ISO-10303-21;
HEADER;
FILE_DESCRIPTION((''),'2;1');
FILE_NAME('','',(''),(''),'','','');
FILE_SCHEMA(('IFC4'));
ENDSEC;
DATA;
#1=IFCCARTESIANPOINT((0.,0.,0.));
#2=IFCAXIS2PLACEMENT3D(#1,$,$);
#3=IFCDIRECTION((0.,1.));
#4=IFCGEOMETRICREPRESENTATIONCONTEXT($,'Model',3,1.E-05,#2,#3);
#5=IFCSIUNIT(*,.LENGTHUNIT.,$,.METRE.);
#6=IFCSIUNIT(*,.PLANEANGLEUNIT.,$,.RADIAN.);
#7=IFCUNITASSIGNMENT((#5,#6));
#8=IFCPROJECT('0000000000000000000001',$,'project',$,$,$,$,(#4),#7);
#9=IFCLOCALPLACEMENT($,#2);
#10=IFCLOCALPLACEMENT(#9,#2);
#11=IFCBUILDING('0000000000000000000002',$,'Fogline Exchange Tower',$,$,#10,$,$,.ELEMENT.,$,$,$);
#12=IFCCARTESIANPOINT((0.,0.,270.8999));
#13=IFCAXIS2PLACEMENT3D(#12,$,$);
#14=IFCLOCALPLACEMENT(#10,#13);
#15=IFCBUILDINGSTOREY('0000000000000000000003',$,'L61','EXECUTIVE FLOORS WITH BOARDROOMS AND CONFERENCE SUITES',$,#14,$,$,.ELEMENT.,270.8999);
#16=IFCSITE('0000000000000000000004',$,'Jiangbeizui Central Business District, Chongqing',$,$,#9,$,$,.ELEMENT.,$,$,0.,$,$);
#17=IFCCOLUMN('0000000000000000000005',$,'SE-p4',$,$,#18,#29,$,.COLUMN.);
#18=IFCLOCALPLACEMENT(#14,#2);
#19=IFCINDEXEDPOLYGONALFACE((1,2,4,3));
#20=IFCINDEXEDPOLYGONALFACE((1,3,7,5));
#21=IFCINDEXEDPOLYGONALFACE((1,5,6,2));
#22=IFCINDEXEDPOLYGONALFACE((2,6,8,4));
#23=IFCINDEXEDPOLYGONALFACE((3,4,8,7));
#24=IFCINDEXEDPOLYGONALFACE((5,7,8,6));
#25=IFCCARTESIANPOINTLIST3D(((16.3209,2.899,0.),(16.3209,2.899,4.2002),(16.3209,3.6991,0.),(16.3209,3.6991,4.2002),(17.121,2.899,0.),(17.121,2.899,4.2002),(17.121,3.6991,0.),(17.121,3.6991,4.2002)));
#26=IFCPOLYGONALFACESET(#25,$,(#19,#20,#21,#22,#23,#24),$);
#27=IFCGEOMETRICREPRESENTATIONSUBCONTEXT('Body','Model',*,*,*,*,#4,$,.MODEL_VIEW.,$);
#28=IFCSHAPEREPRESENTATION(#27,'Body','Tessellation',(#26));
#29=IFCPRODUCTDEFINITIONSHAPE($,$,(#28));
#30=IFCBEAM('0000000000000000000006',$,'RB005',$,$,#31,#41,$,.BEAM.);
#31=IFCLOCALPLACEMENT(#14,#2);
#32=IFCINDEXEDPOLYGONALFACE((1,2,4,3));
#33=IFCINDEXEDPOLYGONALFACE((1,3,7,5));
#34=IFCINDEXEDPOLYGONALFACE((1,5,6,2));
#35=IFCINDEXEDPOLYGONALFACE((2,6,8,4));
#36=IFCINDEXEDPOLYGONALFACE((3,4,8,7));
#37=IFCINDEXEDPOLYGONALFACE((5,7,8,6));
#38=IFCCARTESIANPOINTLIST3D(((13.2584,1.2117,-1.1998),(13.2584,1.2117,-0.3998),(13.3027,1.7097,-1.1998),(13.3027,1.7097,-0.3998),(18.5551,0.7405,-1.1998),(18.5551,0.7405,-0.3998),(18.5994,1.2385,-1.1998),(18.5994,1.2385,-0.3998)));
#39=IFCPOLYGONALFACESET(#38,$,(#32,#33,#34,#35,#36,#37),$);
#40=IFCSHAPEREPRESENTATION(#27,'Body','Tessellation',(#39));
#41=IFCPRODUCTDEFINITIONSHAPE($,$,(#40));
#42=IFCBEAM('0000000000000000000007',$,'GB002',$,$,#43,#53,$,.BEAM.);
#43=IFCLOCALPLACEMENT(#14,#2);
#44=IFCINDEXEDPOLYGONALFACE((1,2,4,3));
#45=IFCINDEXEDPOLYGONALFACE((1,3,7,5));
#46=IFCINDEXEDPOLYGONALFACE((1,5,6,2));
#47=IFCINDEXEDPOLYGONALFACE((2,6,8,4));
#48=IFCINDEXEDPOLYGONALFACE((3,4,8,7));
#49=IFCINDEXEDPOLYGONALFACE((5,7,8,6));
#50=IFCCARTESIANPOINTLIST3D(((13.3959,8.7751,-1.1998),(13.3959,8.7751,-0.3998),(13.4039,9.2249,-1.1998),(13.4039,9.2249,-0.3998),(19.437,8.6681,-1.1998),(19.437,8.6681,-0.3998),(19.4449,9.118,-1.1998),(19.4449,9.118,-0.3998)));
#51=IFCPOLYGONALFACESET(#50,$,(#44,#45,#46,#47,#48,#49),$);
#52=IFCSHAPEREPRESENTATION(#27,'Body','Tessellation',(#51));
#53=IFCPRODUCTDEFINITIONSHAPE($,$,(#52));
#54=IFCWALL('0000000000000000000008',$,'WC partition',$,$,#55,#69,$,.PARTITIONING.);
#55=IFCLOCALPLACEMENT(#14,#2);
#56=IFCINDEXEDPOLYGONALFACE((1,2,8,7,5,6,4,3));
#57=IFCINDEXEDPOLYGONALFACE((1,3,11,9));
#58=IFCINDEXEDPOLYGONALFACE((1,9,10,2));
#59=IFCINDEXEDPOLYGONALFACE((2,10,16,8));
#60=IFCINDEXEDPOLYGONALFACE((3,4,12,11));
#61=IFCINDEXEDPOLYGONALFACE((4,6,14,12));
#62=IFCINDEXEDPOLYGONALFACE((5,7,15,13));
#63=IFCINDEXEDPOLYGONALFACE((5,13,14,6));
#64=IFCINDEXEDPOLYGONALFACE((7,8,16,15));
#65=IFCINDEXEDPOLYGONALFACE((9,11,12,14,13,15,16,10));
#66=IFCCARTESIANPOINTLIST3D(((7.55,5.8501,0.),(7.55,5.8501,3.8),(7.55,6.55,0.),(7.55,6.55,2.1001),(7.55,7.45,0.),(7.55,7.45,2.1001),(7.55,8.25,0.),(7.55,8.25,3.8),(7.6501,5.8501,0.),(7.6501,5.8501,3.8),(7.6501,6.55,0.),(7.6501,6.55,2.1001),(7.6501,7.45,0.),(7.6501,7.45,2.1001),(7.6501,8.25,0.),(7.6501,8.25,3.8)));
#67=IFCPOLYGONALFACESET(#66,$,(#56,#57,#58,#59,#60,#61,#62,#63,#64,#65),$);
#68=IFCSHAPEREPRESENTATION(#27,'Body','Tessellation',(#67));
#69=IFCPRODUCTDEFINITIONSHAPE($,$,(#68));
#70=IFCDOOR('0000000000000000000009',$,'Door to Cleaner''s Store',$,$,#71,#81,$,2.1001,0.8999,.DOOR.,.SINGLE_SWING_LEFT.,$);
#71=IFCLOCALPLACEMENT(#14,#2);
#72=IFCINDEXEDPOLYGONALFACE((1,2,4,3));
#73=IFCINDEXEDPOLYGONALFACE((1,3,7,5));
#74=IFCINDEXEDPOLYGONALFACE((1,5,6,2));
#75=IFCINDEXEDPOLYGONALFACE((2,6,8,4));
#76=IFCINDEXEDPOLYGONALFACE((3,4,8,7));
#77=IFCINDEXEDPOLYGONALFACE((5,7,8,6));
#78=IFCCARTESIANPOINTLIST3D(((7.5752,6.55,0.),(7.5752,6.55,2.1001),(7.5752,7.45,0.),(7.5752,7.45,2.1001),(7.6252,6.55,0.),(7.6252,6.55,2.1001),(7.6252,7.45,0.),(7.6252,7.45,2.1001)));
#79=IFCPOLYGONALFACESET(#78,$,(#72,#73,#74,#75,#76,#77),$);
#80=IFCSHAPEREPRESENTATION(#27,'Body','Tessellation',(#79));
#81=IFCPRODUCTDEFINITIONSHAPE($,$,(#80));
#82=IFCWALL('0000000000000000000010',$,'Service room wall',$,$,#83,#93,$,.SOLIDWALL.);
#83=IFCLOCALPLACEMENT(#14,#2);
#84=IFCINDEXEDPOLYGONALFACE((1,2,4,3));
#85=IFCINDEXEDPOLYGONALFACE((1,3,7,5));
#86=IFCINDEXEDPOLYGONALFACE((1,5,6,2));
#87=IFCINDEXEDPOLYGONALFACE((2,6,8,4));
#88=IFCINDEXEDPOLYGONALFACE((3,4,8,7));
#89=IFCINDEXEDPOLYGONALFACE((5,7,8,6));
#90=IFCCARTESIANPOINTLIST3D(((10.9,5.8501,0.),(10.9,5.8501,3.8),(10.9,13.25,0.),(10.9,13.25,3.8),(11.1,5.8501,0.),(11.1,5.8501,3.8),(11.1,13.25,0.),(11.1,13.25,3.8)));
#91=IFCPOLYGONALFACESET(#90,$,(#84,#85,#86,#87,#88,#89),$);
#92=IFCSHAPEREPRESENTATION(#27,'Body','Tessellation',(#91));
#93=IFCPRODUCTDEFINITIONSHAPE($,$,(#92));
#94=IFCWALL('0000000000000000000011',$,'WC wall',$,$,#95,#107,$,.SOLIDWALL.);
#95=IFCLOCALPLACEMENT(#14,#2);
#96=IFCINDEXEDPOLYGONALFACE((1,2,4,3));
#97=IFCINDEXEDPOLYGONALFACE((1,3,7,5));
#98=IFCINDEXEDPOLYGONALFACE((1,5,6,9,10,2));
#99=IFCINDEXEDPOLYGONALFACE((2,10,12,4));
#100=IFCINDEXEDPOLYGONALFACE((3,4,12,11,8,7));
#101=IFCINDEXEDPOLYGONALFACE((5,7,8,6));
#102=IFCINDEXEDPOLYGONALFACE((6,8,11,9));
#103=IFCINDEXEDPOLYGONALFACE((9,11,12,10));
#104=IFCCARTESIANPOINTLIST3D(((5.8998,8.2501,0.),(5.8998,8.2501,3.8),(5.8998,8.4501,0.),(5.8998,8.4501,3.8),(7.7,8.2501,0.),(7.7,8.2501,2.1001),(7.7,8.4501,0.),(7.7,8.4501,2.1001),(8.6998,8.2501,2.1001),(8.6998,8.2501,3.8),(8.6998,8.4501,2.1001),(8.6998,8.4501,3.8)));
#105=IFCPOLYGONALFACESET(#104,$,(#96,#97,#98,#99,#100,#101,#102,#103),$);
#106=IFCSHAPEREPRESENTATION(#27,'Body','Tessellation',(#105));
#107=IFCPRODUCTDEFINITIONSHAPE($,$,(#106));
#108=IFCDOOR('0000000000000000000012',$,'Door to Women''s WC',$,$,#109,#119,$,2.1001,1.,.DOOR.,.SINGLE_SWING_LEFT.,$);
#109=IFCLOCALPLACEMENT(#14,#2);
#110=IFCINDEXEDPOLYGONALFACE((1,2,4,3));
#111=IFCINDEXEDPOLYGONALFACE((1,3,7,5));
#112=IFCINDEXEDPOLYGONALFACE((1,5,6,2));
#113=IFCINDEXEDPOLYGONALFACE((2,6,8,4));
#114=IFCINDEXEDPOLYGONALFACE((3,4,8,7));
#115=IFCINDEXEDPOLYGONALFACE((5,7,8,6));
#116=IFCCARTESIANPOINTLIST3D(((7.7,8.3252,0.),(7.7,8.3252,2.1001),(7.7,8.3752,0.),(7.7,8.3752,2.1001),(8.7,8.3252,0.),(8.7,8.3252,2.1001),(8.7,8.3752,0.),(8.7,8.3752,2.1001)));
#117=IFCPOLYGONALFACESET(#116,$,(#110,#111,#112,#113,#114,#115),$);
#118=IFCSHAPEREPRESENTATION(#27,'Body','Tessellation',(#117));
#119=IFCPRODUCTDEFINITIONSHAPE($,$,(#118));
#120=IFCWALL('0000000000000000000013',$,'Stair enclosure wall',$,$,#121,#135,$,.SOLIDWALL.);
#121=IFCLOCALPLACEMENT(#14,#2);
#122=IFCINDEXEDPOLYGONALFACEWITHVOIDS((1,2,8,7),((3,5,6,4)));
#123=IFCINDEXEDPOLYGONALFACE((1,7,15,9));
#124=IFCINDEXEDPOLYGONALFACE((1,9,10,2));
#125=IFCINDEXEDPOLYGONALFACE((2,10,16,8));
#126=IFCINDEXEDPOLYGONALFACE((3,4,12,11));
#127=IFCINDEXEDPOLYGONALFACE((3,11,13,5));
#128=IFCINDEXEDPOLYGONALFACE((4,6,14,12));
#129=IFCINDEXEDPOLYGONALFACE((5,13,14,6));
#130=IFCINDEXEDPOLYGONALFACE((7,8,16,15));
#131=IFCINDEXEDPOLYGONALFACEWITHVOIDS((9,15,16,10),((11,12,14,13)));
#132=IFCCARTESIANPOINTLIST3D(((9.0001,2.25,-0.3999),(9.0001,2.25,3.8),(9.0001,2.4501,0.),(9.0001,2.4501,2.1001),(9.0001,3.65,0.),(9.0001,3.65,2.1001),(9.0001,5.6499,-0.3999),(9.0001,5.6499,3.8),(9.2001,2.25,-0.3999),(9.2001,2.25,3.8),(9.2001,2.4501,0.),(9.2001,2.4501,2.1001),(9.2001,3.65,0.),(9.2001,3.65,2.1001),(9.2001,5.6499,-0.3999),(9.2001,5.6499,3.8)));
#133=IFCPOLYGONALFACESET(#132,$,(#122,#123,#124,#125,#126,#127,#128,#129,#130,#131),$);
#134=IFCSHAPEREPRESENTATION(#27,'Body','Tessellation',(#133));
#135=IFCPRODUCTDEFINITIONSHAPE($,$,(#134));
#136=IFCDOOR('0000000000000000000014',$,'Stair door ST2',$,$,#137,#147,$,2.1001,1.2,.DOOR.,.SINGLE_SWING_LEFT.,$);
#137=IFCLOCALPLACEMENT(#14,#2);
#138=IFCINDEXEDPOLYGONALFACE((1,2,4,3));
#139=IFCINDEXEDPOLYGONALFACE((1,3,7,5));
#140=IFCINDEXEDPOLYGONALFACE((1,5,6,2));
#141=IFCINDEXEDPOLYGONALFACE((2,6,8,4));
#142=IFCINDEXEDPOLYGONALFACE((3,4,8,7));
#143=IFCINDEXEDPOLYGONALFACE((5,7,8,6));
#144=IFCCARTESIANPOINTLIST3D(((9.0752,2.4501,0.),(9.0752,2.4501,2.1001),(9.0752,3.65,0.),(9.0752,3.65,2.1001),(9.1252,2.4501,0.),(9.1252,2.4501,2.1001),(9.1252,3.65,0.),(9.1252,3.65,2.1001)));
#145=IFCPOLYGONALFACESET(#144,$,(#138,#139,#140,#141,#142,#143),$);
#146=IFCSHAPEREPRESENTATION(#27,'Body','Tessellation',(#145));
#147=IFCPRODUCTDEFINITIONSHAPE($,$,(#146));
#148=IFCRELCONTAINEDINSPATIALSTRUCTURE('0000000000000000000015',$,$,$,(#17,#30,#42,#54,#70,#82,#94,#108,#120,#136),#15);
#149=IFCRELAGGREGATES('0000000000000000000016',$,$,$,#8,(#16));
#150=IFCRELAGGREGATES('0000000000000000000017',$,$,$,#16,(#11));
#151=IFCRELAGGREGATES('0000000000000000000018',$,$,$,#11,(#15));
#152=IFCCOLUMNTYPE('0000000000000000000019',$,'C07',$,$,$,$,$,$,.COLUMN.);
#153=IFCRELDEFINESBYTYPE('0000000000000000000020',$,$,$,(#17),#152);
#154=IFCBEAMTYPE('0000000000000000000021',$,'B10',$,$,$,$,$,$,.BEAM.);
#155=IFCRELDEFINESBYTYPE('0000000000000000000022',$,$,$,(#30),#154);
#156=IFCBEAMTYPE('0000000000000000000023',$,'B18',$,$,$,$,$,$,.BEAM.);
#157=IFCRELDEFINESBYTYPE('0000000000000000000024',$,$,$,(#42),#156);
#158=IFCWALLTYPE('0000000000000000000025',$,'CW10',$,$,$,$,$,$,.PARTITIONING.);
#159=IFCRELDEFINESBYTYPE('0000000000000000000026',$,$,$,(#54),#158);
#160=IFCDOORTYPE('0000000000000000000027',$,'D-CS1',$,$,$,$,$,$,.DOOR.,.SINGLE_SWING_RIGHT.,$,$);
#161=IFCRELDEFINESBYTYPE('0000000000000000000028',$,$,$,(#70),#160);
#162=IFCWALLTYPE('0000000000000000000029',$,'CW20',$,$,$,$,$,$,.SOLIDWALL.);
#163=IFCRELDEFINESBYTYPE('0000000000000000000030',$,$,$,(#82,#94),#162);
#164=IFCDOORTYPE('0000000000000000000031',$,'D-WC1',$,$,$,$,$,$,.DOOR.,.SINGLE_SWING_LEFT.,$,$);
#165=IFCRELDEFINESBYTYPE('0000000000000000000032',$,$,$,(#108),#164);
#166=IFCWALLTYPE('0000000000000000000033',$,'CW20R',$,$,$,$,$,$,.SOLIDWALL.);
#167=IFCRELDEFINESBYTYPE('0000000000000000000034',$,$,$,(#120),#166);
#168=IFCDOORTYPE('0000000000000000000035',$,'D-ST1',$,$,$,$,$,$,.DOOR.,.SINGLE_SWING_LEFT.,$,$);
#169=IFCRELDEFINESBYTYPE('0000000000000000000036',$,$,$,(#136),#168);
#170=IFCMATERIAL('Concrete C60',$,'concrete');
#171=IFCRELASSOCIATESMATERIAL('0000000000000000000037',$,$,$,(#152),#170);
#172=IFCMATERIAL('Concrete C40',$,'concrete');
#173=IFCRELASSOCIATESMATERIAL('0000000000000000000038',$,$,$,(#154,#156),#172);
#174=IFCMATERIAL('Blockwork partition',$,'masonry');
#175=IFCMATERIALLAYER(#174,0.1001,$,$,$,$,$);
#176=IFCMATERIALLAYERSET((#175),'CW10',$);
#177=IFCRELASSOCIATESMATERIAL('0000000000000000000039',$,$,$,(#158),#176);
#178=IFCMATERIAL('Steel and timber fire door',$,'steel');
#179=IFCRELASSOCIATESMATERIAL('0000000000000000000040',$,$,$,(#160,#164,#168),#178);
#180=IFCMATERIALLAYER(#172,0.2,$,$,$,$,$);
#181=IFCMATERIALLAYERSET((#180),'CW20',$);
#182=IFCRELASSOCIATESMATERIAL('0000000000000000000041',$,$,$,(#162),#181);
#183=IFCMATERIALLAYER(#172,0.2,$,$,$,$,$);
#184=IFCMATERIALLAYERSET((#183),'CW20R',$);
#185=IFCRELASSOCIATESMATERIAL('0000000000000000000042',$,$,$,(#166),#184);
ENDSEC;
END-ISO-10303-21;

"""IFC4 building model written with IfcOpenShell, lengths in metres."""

from ifc_helpers import new_model, si_unit, direction, frame, frame_2d, origin, origin_2d, place, context, subcontext, project, spatial, rectangle, extrude, material, layer, layer_set, material_profile, profile_set, type_object, element, fill, save


model = new_model("IFC4")

# Units and contexts
model_context = context("Model", 3, precision=1e-05, world=origin(), true_north=direction((0.0, 1.0)))
body_context = subcontext(model_context, "Body", "Model", "MODEL_VIEW")
ifc_project = project(units=[si_unit("LENGTHUNIT", "METRE"), si_unit("PLANEANGLEUNIT", "RADIAN")], contexts=[model_context])

# Site, building, storey
site_placement = place(None, origin())
site = spatial("IfcSite", under=ifc_project, at=site_placement, Name="Jiangbeizui Central Business District, Chongqing", CompositionType="ELEMENT", RefElevation=0.0)
building_placement = place(site_placement, origin())
building = spatial("IfcBuilding", under=site, at=building_placement, Name="Fogline Exchange Tower", CompositionType="ELEMENT")
storey_placement = place(building_placement, frame((0.0, 0.0, 270.8999)))
storey = spatial("IfcBuildingStorey", under=building, at=storey_placement, Name="L61", Description="EXECUTIVE FLOORS WITH BOARDROOMS AND CONFERENCE SUITES", CompositionType="ELEMENT", Elevation=270.8999)

# Column
ifc_material_1 = material(Name="Concrete C60", Category="concrete")
ifc_material_profile_1 = material_profile(ifc_material_1, rectangle(XDim=0.8, YDim=0.8, at=origin_2d()), Name="RC 800x800")
ifc_profile_set_1 = profile_set([ifc_material_profile_1], Name="Concrete C60")
column_type = type_object("IfcColumnType", Name="C07", PredefinedType="COLUMN", material=ifc_profile_set_1)
column_placement = place(storey_placement, frame((16.7209, 3.2991, 0.0), z_axis=(0.0, 0.0, 1.0), x_axis=(1.0, 0.0, 0.0)))
element("IfcColumn", 1, at=column_placement, inside=storey, type_object=column_type, Name="SE-p4", PredefinedType="COLUMN", context=body_context, shape_type="SweptSolid", body=[
    extrude(rectangle(XDim=0.8, YDim=0.8, at=origin_2d()), origin(), (0.0, 0.0, 1.0), 4.2002),
])

# Beams
ifc_material_2 = material(Name="Concrete C40", Category="concrete")
ifc_material_profile_2 = material_profile(ifc_material_2, rectangle(XDim=0.5, YDim=0.8, at=origin_2d()), Name="RC 500x800")
ifc_profile_set_2 = profile_set([ifc_material_profile_2], Name="Concrete C40")
beam_type_1 = type_object("IfcBeamType", Name="B10", PredefinedType="BEAM", material=ifc_profile_set_2)
beam_1_placement = place(storey_placement, frame((13.2805, 1.4607, -0.7998), z_axis=(0.996066, -0.088611, 0.0), x_axis=(0.088611, 0.996066, 0.0)))
element("IfcBeam", 2, at=beam_1_placement, inside=storey, type_object=beam_type_1, Name="RB005", PredefinedType="BEAM", context=body_context, shape_type="SweptSolid", body=[
    extrude(rectangle(XDim=0.5, YDim=0.8, at=origin_2d()), origin(), (0.0, 0.0, 1.0), 5.3176),
])
ifc_material_profile_3 = material_profile(ifc_material_2, rectangle(XDim=0.45, YDim=0.8, at=origin_2d()), Name="RC 450x800")
ifc_profile_set_3 = profile_set([ifc_material_profile_3], Name="Concrete C40")
beam_type_2 = type_object("IfcBeamType", Name="B18", PredefinedType="BEAM", material=ifc_profile_set_3)
beam_2_placement = place(storey_placement, frame((13.3999, 9.0, -0.7998), z_axis=(0.999843, -0.017698, 0.0), x_axis=(0.017698, 0.999843, 0.0)))
element("IfcBeam", 3, at=beam_2_placement, inside=storey, type_object=beam_type_2, Name="GB002", PredefinedType="BEAM", context=body_context, shape_type="SweptSolid", body=[
    extrude(rectangle(XDim=0.45, YDim=0.8, at=origin_2d()), origin(), (0.0, 0.0, 1.0), 6.042),
])

# Wall, opening, door
ifc_material_3 = material(Name="Blockwork partition", Category="masonry")
ifc_layer_1 = layer(ifc_material_3, 0.1001)
ifc_layer_set_1 = layer_set([ifc_layer_1], Name="CW10")
wall_type_1 = type_object("IfcWallType", Name="CW10", PredefinedType="PARTITIONING", material=ifc_layer_set_1)
wall_1_placement = place(storey_placement, frame((7.6001, 5.8501, 0.0), z_axis=(0.0, 0.0, 1.0), x_axis=(0.0, 1.0, 0.0)))
wall_1 = element("IfcWall", 4, at=wall_1_placement, inside=storey, type_object=wall_type_1, Name="WC partition", PredefinedType="PARTITIONING", context=body_context, shape_type="SweptSolid", body=[
    extrude(rectangle(XDim=2.3999, YDim=0.1001, at=frame_2d((1.2, 0.0))), origin(), (0.0, 0.0, 1.0), 3.8),
])
opening_1_placement = place(wall_1_placement, frame((0.7, 0.0, 0.0)))
opening_1 = element("IfcOpeningElement", 5, at=opening_1_placement, cuts=wall_1, PredefinedType="OPENING", context=body_context, shape_type="SweptSolid", body=[
    extrude(rectangle(XDim=0.8999, YDim=2.1001, at=frame_2d((0.45, 1.05))), frame((0.0, 0.0601, 0.0), z_axis=(0.0, -1.0, 0.0), x_axis=(1.0, 0.0, 0.0)), (0.0, 0.0, 1.0), 0.1201),
])
ifc_material_4 = material(Name="Steel and timber fire door", Category="steel")
door_type_1 = type_object("IfcDoorType", Name="D-CS1", OperationType="SINGLE_SWING_RIGHT", PredefinedType="DOOR", material=ifc_material_4)
door_1_placement = place(opening_1_placement, origin())
door_1 = element("IfcDoor", 6, at=door_1_placement, inside=storey, type_object=door_type_1, Name="Door to Cleaner's Store", OperationType="SINGLE_SWING_LEFT", OverallHeight=2.1001, OverallWidth=0.8999, PredefinedType="DOOR", context=body_context, shape_type="SweptSolid", body=[
    extrude(rectangle(XDim=0.8999, YDim=2.1001, at=frame_2d((0.45, 1.05))), frame((0.0, 0.0249, 0.0), z_axis=(0.0, -1.0, 0.0), x_axis=(1.0, 0.0, 0.0)), (0.0, 0.0, 1.0), 0.05),
])
fill(opening_1, door_1)

# Wall
ifc_layer_2 = layer(ifc_material_2, 0.2)
ifc_layer_set_2 = layer_set([ifc_layer_2], Name="CW20")
wall_type_2 = type_object("IfcWallType", Name="CW20", PredefinedType="SOLIDWALL", material=ifc_layer_set_2)
wall_2_placement = place(storey_placement, frame((11.0, 5.8501, 0.0), z_axis=(0.0, 0.0, 1.0), x_axis=(0.0, 1.0, 0.0)))
element("IfcWall", 7, at=wall_2_placement, inside=storey, type_object=wall_type_2, Name="Service room wall", PredefinedType="SOLIDWALL", context=body_context, shape_type="SweptSolid", body=[
    extrude(rectangle(XDim=7.3999, YDim=0.2, at=frame_2d((3.7, 0.0))), origin(), (0.0, 0.0, 1.0), 3.8),
])

# Walls, openings, doors
wall_3_placement = place(storey_placement, frame((5.8999, 8.3501, 0.0), z_axis=(0.0, 0.0, 1.0), x_axis=(1.0, 0.0, 0.0)))
wall_3 = element("IfcWall", 8, at=wall_3_placement, inside=storey, type_object=wall_type_2, Name="WC wall", PredefinedType="SOLIDWALL", context=body_context, shape_type="SweptSolid", body=[
    extrude(rectangle(XDim=2.8, YDim=0.2, at=frame_2d((1.3999, 0.0))), origin(), (0.0, 0.0, 1.0), 3.8),
])
opening_2_placement = place(wall_3_placement, frame((1.8, 0.0, 0.0)))
opening_2 = element("IfcOpeningElement", 9, at=opening_2_placement, cuts=wall_3, PredefinedType="OPENING", context=body_context, shape_type="SweptSolid", body=[
    extrude(rectangle(XDim=1.0, YDim=2.1001, at=frame_2d((0.5, 1.05))), frame((0.0, 0.1099, 0.0), z_axis=(0.0, -1.0, 0.0), x_axis=(1.0, 0.0, 0.0)), (0.0, 0.0, 1.0), 0.22),
])
door_type_2 = type_object("IfcDoorType", Name="D-WC1", OperationType="SINGLE_SWING_LEFT", PredefinedType="DOOR", material=ifc_material_4)
door_2_placement = place(opening_2_placement, frame((1.0, 0.0, 0.0), z_axis=(0.0, 0.0, 1.0), x_axis=(-1.0, 0.0, 0.0)))
door_2 = element("IfcDoor", 10, at=door_2_placement, inside=storey, type_object=door_type_2, Name="Door to Women's WC", OperationType="SINGLE_SWING_LEFT", OverallHeight=2.1001, OverallWidth=1.0, PredefinedType="DOOR", context=body_context, shape_type="SweptSolid", body=[
    extrude(rectangle(XDim=1.0, YDim=2.1001, at=frame_2d((0.5, 1.05))), frame((0.0, 0.0249, 0.0), z_axis=(0.0, -1.0, 0.0), x_axis=(1.0, 0.0, 0.0)), (0.0, 0.0, 1.0), 0.05),
])
fill(opening_2, door_2)
ifc_layer_3 = layer(ifc_material_2, 0.2)
ifc_layer_set_3 = layer_set([ifc_layer_3], Name="CW20R")
wall_type_3 = type_object("IfcWallType", Name="CW20R", PredefinedType="SOLIDWALL", material=ifc_layer_set_3)
wall_4_placement = place(storey_placement, frame((9.1001, 2.25, -0.3999), z_axis=(0.0, 0.0, 1.0), x_axis=(0.0, 1.0, 0.0)))
wall_4 = element("IfcWall", 11, at=wall_4_placement, inside=storey, type_object=wall_type_3, Name="Stair enclosure wall", PredefinedType="SOLIDWALL", context=body_context, shape_type="SweptSolid", body=[
    extrude(rectangle(XDim=3.3999, YDim=0.2, at=frame_2d((1.7, 0.0))), origin(), (0.0, 0.0, 1.0), 4.2),
])
opening_3_placement = place(wall_4_placement, frame((0.2, 0.0, 0.3999)))
opening_3 = element("IfcOpeningElement", 12, at=opening_3_placement, cuts=wall_4, PredefinedType="OPENING", context=body_context, shape_type="SweptSolid", body=[
    extrude(rectangle(XDim=1.2, YDim=2.1001, at=frame_2d((0.6001, 1.05))), frame((0.0, 0.1099, 0.0), z_axis=(0.0, -1.0, 0.0), x_axis=(1.0, 0.0, 0.0)), (0.0, 0.0, 1.0), 0.22),
])
door_type_3 = type_object("IfcDoorType", Name="D-ST1", OperationType="SINGLE_SWING_LEFT", PredefinedType="DOOR", material=ifc_material_4)
door_3_placement = place(opening_3_placement, origin())
door_3 = element("IfcDoor", 13, at=door_3_placement, inside=storey, type_object=door_type_3, Name="Stair door ST2", OperationType="SINGLE_SWING_LEFT", OverallHeight=2.1001, OverallWidth=1.2, PredefinedType="DOOR", context=body_context, shape_type="SweptSolid", body=[
    extrude(rectangle(XDim=1.2, YDim=2.1001, at=frame_2d((0.6001, 1.05))), frame((0.0, 0.0249, 0.0), z_axis=(0.0, -1.0, 0.0), x_axis=(1.0, 0.0, 0.0)), (0.0, 0.0, 1.0), 0.05),
])
fill(opening_3, door_3)

save(model, "model.ifc")
